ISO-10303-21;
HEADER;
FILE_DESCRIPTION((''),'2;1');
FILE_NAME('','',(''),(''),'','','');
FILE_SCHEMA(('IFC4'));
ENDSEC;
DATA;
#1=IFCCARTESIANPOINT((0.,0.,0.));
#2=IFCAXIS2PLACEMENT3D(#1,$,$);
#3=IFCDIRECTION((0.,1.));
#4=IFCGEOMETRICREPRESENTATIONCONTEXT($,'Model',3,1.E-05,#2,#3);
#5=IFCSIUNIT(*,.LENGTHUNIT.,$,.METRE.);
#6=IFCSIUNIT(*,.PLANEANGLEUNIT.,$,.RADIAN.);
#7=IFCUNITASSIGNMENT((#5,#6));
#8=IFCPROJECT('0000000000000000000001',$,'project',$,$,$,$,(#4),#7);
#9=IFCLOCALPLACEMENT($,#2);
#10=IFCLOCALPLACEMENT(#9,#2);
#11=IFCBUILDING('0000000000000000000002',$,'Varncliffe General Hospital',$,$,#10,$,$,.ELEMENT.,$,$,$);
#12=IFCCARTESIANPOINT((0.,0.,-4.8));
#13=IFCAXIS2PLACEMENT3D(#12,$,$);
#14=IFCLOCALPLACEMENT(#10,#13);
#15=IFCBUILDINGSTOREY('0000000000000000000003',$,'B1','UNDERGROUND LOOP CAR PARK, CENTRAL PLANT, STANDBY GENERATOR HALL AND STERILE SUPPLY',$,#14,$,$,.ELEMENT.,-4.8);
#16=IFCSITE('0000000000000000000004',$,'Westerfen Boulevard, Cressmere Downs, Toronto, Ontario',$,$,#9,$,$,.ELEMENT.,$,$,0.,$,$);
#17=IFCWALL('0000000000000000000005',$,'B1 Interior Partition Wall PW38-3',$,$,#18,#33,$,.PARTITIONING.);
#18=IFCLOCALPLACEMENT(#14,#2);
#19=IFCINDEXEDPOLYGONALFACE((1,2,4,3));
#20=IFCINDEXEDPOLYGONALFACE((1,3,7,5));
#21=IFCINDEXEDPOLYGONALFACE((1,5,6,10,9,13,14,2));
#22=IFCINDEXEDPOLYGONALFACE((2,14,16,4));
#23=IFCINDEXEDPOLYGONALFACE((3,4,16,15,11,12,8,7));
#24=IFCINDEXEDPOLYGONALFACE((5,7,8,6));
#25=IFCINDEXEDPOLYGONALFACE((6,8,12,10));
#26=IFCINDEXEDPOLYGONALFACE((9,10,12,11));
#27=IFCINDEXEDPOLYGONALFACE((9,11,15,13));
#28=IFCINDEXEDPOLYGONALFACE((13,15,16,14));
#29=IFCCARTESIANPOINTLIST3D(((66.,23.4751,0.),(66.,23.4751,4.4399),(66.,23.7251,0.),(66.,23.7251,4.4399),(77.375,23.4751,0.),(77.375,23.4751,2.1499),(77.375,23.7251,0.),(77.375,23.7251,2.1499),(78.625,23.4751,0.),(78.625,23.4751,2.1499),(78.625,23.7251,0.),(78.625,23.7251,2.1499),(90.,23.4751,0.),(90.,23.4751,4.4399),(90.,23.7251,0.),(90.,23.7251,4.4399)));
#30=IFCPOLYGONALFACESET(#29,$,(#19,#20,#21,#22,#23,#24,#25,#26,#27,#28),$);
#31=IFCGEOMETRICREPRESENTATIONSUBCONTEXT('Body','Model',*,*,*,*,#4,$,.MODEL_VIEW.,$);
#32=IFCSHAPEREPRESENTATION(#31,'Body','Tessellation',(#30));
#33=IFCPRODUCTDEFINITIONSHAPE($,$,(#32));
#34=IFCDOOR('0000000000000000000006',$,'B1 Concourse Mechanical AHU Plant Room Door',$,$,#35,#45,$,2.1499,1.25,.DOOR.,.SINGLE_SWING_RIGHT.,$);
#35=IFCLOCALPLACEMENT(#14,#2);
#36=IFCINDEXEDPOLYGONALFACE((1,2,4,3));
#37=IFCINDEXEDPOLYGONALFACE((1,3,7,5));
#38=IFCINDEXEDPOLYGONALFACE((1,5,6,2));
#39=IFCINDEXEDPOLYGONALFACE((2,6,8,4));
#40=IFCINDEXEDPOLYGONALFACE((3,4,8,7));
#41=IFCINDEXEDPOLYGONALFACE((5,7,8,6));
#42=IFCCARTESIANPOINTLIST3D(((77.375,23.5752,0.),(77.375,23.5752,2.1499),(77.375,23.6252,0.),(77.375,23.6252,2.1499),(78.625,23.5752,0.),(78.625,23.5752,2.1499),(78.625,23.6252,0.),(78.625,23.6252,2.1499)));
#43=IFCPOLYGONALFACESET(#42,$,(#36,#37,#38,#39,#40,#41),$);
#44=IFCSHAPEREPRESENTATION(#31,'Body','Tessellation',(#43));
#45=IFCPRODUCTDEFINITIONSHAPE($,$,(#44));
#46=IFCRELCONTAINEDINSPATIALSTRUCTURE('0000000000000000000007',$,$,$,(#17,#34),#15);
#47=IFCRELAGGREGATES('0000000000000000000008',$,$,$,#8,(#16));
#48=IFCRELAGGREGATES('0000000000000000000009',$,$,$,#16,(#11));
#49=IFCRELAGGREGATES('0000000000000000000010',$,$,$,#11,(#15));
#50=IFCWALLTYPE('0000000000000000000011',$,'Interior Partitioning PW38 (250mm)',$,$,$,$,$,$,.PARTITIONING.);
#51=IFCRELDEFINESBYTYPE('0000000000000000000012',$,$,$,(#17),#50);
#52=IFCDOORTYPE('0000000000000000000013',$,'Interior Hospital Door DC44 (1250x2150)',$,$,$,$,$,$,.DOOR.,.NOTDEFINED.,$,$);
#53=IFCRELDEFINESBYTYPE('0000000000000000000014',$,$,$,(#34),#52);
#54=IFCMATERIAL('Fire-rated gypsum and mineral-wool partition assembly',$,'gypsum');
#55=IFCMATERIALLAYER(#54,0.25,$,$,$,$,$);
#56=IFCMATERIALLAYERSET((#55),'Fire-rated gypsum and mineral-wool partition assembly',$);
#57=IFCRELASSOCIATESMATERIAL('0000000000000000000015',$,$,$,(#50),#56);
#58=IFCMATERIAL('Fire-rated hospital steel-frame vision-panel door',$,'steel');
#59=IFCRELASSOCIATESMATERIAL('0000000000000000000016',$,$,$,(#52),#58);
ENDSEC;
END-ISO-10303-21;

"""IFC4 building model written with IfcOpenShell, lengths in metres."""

from ifc_helpers import new_model, si_unit, direction, frame, frame_2d, origin, place, context, subcontext, project, spatial, rectangle, extrude, material, layer, layer_set, type_object, element, fill, save


model = new_model("IFC4")

# Units and contexts
model_context = context("Model", 3, precision=1e-05, world=origin(), true_north=direction((0.0, 1.0)))
body_context = subcontext(model_context, "Body", "Model", "MODEL_VIEW")
ifc_project = project(units=[si_unit("LENGTHUNIT", "METRE"), si_unit("PLANEANGLEUNIT", "RADIAN")], contexts=[model_context])

# Site, building, storey
site_placement = place(None, origin())
site = spatial("IfcSite", under=ifc_project, at=site_placement, Name="Westerfen Boulevard, Cressmere Downs, Toronto, Ontario", CompositionType="ELEMENT", RefElevation=0.0)
building_placement = place(site_placement, origin())
building = spatial("IfcBuilding", under=site, at=building_placement, Name="Varncliffe General Hospital", CompositionType="ELEMENT")
storey_placement = place(building_placement, frame((0.0, 0.0, -4.8)))
storey = spatial("IfcBuildingStorey", under=building, at=storey_placement, Name="B1", Description="UNDERGROUND LOOP CAR PARK, CENTRAL PLANT, STANDBY GENERATOR HALL AND STERILE SUPPLY", CompositionType="ELEMENT", Elevation=-4.8)

# Wall, opening, door
ifc_material_1 = material(Name="Fire-rated gypsum and mineral-wool partition assembly", Category="gypsum")
ifc_layer = layer(ifc_material_1, 0.25)
ifc_layer_set = layer_set([ifc_layer], Name="Fire-rated gypsum and mineral-wool partition assembly")
wall_type = type_object("IfcWallType", Name="Interior Partitioning PW38 (250mm)", PredefinedType="PARTITIONING", material=ifc_layer_set)
wall_placement = place(storey_placement, frame((66.0, 23.6001, 0.0), z_axis=(0.0, 0.0, 1.0), x_axis=(1.0, 0.0, 0.0)))
wall = element("IfcWall", 1, at=wall_placement, inside=storey, type_object=wall_type, Name="B1 Interior Partition Wall PW38-3", PredefinedType="PARTITIONING", context=body_context, shape_type="SweptSolid", body=[
    extrude(rectangle(XDim=24.0, YDim=0.25, at=frame_2d((12.0, 0.0))), origin(), (0.0, 0.0, 1.0), 4.4399),
])
opening_placement = place(wall_placement, frame((11.375, 0.0, 0.0)))
opening = element("IfcOpeningElement", 2, at=opening_placement, cuts=wall, PredefinedType="OPENING", context=body_context, shape_type="SweptSolid", body=[
    extrude(rectangle(XDim=1.25, YDim=2.1499, at=frame_2d((0.625, 1.075))), frame((0.0, 0.135, 0.0), z_axis=(0.0, -1.0, 0.0), x_axis=(1.0, 0.0, 0.0)), (0.0, 0.0, 1.0), 0.27),
])
ifc_material_2 = material(Name="Fire-rated hospital steel-frame vision-panel door", Category="steel")
door_type = type_object("IfcDoorType", Name="Interior Hospital Door DC44 (1250x2150)", OperationType="NOTDEFINED", PredefinedType="DOOR", material=ifc_material_2)
door_placement = place(opening_placement, frame((1.25, 0.0, 0.0), z_axis=(0.0, 0.0, 1.0), x_axis=(-1.0, 0.0, 0.0)))
door = element("IfcDoor", 3, at=door_placement, inside=storey, type_object=door_type, Name="B1 Concourse Mechanical AHU Plant Room Door", OperationType="SINGLE_SWING_RIGHT", OverallHeight=2.1499, OverallWidth=1.25, PredefinedType="DOOR", context=body_context, shape_type="SweptSolid", body=[
    extrude(rectangle(XDim=1.25, YDim=2.1499, at=frame_2d((0.625, 1.075))), frame((0.0, 0.0249, 0.0), z_axis=(0.0, -1.0, 0.0), x_axis=(1.0, 0.0, 0.0)), (0.0, 0.0, 1.0), 0.05),
])
fill(opening, door)

save(model, "model.ifc")
